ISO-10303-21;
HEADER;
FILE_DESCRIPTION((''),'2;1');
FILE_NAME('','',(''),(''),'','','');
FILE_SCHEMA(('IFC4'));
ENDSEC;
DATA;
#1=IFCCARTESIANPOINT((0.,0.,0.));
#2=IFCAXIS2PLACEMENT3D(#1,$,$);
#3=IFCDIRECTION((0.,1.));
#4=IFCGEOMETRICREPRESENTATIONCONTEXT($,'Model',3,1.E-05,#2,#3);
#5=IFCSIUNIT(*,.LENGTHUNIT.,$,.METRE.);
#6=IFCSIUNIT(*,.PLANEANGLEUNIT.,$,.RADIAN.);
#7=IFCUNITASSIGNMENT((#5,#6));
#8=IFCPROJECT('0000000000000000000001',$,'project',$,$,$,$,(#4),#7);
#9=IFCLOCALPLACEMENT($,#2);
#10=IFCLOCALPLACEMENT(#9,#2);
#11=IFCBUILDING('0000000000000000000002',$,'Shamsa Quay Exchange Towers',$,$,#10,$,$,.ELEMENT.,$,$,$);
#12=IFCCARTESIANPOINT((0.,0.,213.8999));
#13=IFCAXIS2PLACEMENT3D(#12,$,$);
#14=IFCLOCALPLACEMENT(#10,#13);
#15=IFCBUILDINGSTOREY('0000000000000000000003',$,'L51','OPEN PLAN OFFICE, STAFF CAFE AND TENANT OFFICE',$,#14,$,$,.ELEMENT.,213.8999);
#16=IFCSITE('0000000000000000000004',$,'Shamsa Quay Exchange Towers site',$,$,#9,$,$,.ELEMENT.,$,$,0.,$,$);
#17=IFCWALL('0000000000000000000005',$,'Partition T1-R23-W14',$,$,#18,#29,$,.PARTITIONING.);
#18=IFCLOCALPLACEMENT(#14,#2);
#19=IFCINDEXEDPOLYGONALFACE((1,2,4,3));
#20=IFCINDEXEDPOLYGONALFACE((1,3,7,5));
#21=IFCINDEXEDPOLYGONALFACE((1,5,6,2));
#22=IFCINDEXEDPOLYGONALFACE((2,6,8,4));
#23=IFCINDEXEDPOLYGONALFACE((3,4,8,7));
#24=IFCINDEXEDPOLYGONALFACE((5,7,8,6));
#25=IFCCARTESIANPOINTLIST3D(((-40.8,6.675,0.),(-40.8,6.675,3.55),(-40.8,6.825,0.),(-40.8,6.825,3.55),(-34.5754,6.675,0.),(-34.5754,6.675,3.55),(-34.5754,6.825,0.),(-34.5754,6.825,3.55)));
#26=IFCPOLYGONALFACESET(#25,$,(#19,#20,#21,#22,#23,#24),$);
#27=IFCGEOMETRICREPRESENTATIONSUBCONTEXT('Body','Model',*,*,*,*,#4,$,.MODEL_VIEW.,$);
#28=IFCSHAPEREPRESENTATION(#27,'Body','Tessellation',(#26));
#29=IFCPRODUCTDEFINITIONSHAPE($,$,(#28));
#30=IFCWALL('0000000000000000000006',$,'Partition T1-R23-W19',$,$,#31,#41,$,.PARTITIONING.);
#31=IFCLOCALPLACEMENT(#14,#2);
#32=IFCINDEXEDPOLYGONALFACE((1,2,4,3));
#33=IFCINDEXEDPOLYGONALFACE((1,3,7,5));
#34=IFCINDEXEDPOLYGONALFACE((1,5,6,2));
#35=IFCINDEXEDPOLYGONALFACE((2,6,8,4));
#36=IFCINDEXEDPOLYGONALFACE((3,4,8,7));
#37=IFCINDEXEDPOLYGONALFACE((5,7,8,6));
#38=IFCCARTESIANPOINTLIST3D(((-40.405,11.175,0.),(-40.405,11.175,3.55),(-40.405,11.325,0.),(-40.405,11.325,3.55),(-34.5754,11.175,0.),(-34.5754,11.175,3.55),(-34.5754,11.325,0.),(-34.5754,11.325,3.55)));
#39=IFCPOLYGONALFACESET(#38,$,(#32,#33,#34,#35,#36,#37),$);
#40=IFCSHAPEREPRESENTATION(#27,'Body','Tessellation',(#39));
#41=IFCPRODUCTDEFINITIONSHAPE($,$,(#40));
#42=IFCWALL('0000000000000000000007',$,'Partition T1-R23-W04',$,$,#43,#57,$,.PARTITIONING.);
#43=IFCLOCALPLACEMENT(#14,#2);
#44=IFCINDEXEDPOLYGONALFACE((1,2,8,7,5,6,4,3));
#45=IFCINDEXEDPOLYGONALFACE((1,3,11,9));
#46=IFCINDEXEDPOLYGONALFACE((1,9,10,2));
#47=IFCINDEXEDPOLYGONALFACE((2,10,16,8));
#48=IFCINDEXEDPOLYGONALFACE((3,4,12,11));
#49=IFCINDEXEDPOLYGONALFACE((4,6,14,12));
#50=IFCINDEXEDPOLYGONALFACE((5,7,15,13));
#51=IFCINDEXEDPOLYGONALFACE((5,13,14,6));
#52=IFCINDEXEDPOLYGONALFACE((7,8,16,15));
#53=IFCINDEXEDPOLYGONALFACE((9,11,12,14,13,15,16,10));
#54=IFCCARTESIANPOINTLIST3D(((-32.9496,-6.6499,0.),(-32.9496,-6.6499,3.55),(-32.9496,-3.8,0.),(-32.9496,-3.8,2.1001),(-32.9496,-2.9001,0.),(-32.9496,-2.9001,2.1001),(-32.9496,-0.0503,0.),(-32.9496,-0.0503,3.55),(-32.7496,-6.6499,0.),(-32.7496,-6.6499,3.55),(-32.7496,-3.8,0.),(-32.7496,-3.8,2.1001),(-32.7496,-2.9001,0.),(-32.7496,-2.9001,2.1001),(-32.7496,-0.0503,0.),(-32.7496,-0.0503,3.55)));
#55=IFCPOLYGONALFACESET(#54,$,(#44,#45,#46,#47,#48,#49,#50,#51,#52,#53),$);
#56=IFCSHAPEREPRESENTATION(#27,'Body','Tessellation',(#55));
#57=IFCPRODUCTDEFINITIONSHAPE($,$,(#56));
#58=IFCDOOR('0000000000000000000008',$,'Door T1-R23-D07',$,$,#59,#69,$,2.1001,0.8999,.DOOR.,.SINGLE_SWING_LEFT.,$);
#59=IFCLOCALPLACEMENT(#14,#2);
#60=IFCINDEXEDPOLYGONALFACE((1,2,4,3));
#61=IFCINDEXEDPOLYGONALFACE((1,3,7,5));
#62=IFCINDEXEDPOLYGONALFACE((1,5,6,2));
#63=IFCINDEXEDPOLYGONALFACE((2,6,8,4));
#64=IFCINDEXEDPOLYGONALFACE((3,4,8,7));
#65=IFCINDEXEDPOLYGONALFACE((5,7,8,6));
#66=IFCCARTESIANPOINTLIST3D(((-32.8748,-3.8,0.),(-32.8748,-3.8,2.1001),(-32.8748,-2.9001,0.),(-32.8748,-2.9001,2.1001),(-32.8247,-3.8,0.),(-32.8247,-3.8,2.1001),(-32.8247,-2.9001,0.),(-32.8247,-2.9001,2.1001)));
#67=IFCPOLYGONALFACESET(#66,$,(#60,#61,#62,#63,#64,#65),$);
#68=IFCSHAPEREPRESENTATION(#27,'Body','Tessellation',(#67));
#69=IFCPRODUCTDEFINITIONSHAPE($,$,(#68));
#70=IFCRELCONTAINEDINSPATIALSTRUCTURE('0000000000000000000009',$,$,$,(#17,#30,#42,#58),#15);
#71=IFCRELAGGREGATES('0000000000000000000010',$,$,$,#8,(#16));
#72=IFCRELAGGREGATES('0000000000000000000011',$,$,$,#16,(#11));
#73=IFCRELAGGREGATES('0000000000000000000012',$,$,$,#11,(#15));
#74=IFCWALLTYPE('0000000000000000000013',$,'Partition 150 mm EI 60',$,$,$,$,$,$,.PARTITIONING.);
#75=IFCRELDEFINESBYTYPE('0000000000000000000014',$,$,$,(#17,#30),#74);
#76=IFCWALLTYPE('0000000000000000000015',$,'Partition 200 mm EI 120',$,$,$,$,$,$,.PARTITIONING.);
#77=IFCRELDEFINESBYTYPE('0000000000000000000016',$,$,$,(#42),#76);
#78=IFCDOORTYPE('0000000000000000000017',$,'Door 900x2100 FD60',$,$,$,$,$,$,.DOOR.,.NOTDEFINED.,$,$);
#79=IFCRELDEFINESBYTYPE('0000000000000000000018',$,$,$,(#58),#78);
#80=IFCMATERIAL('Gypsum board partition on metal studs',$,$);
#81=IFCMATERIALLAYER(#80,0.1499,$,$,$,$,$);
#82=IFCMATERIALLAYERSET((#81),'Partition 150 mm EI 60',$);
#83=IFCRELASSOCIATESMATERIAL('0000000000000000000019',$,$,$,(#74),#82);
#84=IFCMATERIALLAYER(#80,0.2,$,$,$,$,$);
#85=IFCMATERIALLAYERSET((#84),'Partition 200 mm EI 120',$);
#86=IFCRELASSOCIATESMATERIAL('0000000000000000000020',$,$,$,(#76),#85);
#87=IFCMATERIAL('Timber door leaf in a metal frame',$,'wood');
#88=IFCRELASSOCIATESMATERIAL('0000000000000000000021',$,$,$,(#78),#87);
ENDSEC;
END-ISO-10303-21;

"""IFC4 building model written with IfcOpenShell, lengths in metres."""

from ifc_helpers import new_model, si_unit, direction, frame, frame_2d, origin, place, context, subcontext, project, spatial, rectangle, extrude, material, layer, layer_set, type_object, element, fill, save


model = new_model("IFC4")

# Units and contexts
model_context = context("Model", 3, precision=1e-05, world=origin(), true_north=direction((0.0, 1.0)))
body_context = subcontext(model_context, "Body", "Model", "MODEL_VIEW")
ifc_project = project(units=[si_unit("LENGTHUNIT", "METRE"), si_unit("PLANEANGLEUNIT", "RADIAN")], contexts=[model_context])

# Site, building, storey
site_placement = place(None, origin())
site = spatial("IfcSite", under=ifc_project, at=site_placement, Name="Shamsa Quay Exchange Towers site", CompositionType="ELEMENT", RefElevation=0.0)
building_placement = place(site_placement, origin())
building = spatial("IfcBuilding", under=site, at=building_placement, Name="Shamsa Quay Exchange Towers", CompositionType="ELEMENT")
storey_placement = place(building_placement, frame((0.0, 0.0, 213.8999)))
storey = spatial("IfcBuildingStorey", under=building, at=storey_placement, Name="L51", Description="OPEN PLAN OFFICE, STAFF CAFE AND TENANT OFFICE", CompositionType="ELEMENT", Elevation=213.8999)

# Shared definitions
ifc_material_1 = material(Name="Timber door leaf in a metal frame", Category="wood")

# Shared definitions
ifc_material_2 = material(Name="Gypsum board partition on metal studs")

# Shared definitions
ifc_layer_1 = layer(ifc_material_2, 0.1499)
ifc_layer_set_1 = layer_set([ifc_layer_1], Name="Partition 150 mm EI 60")
wall_type_1 = type_object("IfcWallType", Name="Partition 150 mm EI 60", PredefinedType="PARTITIONING", material=ifc_layer_set_1)

# Walls
wall_1_placement = place(storey_placement, frame((-34.5754, 6.75, 0.0), z_axis=(0.0, 0.0, 1.0), x_axis=(-1.0, 0.0, 0.0)))
element("IfcWall", 1, at=wall_1_placement, inside=storey, type_object=wall_type_1, Name="Partition T1-R23-W14", PredefinedType="PARTITIONING", context=body_context, shape_type="SweptSolid", body=[
    extrude(rectangle(XDim=6.2246, YDim=0.1499, at=frame_2d((3.1123, 0.0))), origin(), (0.0, 0.0, 1.0), 3.55),
])
wall_2_placement = place(storey_placement, frame((-34.5754, 11.25, 0.0), z_axis=(0.0, 0.0, 1.0), x_axis=(-1.0, 0.0, 0.0)))
element("IfcWall", 2, at=wall_2_placement, inside=storey, type_object=wall_type_1, Name="Partition T1-R23-W19", PredefinedType="PARTITIONING", context=body_context, shape_type="SweptSolid", body=[
    extrude(rectangle(XDim=5.8296, YDim=0.1499, at=frame_2d((2.9148, 0.0))), origin(), (0.0, 0.0, 1.0), 3.55),
])

# Wall, opening, door
ifc_layer_2 = layer(ifc_material_2, 0.2)
ifc_layer_set_2 = layer_set([ifc_layer_2], Name="Partition 200 mm EI 120")
wall_type_2 = type_object("IfcWallType", Name="Partition 200 mm EI 120", PredefinedType="PARTITIONING", material=ifc_layer_set_2)
wall_3_placement = place(storey_placement, frame((-32.8496, -0.0503, 0.0), z_axis=(0.0, 0.0, 1.0), x_axis=(0.0, -1.0, 0.0)))
wall_3 = element("IfcWall", 3, at=wall_3_placement, inside=storey, type_object=wall_type_2, Name="Partition T1-R23-W04", PredefinedType="PARTITIONING", context=body_context, shape_type="SweptSolid", body=[
    extrude(rectangle(XDim=6.5996, YDim=0.2, at=frame_2d((3.2998, 0.0))), origin(), (0.0, 0.0, 1.0), 3.55),
])
opening_1_placement = place(wall_3_placement, frame((2.8499, 0.0, 0.0)))
opening_1 = element("IfcOpeningElement", 4, at=opening_1_placement, cuts=wall_3, PredefinedType="OPENING", context=body_context, shape_type="SweptSolid", body=[
    extrude(rectangle(XDim=0.8999, YDim=2.1001, at=frame_2d((0.45, 1.05))), frame((0.0, 0.1099, 0.0), z_axis=(0.0, -1.0, 0.0), x_axis=(1.0, 0.0, 0.0)), (0.0, 0.0, 1.0), 0.22),
])
door_type_1 = type_object("IfcDoorType", Name="Door 900x2100 FD60", OperationType="NOTDEFINED", PredefinedType="DOOR", material=ifc_material_1)
door_1_placement = place(opening_1_placement, origin())
door_1 = element("IfcDoor", 5, at=door_1_placement, inside=storey, type_object=door_type_1, Name="Door T1-R23-D07", OperationType="SINGLE_SWING_LEFT", OverallHeight=2.1001, OverallWidth=0.8999, PredefinedType="DOOR", context=body_context, shape_type="SweptSolid", body=[
    extrude(rectangle(XDim=0.8999, YDim=2.1001, at=frame_2d((0.45, 1.05))), frame((0.0, 0.0249, 0.0), z_axis=(0.0, -1.0, 0.0), x_axis=(1.0, 0.0, 0.0)), (0.0, 0.0, 1.0), 0.05),
])
fill(opening_1, door_1)

save(model, "model.ifc")
